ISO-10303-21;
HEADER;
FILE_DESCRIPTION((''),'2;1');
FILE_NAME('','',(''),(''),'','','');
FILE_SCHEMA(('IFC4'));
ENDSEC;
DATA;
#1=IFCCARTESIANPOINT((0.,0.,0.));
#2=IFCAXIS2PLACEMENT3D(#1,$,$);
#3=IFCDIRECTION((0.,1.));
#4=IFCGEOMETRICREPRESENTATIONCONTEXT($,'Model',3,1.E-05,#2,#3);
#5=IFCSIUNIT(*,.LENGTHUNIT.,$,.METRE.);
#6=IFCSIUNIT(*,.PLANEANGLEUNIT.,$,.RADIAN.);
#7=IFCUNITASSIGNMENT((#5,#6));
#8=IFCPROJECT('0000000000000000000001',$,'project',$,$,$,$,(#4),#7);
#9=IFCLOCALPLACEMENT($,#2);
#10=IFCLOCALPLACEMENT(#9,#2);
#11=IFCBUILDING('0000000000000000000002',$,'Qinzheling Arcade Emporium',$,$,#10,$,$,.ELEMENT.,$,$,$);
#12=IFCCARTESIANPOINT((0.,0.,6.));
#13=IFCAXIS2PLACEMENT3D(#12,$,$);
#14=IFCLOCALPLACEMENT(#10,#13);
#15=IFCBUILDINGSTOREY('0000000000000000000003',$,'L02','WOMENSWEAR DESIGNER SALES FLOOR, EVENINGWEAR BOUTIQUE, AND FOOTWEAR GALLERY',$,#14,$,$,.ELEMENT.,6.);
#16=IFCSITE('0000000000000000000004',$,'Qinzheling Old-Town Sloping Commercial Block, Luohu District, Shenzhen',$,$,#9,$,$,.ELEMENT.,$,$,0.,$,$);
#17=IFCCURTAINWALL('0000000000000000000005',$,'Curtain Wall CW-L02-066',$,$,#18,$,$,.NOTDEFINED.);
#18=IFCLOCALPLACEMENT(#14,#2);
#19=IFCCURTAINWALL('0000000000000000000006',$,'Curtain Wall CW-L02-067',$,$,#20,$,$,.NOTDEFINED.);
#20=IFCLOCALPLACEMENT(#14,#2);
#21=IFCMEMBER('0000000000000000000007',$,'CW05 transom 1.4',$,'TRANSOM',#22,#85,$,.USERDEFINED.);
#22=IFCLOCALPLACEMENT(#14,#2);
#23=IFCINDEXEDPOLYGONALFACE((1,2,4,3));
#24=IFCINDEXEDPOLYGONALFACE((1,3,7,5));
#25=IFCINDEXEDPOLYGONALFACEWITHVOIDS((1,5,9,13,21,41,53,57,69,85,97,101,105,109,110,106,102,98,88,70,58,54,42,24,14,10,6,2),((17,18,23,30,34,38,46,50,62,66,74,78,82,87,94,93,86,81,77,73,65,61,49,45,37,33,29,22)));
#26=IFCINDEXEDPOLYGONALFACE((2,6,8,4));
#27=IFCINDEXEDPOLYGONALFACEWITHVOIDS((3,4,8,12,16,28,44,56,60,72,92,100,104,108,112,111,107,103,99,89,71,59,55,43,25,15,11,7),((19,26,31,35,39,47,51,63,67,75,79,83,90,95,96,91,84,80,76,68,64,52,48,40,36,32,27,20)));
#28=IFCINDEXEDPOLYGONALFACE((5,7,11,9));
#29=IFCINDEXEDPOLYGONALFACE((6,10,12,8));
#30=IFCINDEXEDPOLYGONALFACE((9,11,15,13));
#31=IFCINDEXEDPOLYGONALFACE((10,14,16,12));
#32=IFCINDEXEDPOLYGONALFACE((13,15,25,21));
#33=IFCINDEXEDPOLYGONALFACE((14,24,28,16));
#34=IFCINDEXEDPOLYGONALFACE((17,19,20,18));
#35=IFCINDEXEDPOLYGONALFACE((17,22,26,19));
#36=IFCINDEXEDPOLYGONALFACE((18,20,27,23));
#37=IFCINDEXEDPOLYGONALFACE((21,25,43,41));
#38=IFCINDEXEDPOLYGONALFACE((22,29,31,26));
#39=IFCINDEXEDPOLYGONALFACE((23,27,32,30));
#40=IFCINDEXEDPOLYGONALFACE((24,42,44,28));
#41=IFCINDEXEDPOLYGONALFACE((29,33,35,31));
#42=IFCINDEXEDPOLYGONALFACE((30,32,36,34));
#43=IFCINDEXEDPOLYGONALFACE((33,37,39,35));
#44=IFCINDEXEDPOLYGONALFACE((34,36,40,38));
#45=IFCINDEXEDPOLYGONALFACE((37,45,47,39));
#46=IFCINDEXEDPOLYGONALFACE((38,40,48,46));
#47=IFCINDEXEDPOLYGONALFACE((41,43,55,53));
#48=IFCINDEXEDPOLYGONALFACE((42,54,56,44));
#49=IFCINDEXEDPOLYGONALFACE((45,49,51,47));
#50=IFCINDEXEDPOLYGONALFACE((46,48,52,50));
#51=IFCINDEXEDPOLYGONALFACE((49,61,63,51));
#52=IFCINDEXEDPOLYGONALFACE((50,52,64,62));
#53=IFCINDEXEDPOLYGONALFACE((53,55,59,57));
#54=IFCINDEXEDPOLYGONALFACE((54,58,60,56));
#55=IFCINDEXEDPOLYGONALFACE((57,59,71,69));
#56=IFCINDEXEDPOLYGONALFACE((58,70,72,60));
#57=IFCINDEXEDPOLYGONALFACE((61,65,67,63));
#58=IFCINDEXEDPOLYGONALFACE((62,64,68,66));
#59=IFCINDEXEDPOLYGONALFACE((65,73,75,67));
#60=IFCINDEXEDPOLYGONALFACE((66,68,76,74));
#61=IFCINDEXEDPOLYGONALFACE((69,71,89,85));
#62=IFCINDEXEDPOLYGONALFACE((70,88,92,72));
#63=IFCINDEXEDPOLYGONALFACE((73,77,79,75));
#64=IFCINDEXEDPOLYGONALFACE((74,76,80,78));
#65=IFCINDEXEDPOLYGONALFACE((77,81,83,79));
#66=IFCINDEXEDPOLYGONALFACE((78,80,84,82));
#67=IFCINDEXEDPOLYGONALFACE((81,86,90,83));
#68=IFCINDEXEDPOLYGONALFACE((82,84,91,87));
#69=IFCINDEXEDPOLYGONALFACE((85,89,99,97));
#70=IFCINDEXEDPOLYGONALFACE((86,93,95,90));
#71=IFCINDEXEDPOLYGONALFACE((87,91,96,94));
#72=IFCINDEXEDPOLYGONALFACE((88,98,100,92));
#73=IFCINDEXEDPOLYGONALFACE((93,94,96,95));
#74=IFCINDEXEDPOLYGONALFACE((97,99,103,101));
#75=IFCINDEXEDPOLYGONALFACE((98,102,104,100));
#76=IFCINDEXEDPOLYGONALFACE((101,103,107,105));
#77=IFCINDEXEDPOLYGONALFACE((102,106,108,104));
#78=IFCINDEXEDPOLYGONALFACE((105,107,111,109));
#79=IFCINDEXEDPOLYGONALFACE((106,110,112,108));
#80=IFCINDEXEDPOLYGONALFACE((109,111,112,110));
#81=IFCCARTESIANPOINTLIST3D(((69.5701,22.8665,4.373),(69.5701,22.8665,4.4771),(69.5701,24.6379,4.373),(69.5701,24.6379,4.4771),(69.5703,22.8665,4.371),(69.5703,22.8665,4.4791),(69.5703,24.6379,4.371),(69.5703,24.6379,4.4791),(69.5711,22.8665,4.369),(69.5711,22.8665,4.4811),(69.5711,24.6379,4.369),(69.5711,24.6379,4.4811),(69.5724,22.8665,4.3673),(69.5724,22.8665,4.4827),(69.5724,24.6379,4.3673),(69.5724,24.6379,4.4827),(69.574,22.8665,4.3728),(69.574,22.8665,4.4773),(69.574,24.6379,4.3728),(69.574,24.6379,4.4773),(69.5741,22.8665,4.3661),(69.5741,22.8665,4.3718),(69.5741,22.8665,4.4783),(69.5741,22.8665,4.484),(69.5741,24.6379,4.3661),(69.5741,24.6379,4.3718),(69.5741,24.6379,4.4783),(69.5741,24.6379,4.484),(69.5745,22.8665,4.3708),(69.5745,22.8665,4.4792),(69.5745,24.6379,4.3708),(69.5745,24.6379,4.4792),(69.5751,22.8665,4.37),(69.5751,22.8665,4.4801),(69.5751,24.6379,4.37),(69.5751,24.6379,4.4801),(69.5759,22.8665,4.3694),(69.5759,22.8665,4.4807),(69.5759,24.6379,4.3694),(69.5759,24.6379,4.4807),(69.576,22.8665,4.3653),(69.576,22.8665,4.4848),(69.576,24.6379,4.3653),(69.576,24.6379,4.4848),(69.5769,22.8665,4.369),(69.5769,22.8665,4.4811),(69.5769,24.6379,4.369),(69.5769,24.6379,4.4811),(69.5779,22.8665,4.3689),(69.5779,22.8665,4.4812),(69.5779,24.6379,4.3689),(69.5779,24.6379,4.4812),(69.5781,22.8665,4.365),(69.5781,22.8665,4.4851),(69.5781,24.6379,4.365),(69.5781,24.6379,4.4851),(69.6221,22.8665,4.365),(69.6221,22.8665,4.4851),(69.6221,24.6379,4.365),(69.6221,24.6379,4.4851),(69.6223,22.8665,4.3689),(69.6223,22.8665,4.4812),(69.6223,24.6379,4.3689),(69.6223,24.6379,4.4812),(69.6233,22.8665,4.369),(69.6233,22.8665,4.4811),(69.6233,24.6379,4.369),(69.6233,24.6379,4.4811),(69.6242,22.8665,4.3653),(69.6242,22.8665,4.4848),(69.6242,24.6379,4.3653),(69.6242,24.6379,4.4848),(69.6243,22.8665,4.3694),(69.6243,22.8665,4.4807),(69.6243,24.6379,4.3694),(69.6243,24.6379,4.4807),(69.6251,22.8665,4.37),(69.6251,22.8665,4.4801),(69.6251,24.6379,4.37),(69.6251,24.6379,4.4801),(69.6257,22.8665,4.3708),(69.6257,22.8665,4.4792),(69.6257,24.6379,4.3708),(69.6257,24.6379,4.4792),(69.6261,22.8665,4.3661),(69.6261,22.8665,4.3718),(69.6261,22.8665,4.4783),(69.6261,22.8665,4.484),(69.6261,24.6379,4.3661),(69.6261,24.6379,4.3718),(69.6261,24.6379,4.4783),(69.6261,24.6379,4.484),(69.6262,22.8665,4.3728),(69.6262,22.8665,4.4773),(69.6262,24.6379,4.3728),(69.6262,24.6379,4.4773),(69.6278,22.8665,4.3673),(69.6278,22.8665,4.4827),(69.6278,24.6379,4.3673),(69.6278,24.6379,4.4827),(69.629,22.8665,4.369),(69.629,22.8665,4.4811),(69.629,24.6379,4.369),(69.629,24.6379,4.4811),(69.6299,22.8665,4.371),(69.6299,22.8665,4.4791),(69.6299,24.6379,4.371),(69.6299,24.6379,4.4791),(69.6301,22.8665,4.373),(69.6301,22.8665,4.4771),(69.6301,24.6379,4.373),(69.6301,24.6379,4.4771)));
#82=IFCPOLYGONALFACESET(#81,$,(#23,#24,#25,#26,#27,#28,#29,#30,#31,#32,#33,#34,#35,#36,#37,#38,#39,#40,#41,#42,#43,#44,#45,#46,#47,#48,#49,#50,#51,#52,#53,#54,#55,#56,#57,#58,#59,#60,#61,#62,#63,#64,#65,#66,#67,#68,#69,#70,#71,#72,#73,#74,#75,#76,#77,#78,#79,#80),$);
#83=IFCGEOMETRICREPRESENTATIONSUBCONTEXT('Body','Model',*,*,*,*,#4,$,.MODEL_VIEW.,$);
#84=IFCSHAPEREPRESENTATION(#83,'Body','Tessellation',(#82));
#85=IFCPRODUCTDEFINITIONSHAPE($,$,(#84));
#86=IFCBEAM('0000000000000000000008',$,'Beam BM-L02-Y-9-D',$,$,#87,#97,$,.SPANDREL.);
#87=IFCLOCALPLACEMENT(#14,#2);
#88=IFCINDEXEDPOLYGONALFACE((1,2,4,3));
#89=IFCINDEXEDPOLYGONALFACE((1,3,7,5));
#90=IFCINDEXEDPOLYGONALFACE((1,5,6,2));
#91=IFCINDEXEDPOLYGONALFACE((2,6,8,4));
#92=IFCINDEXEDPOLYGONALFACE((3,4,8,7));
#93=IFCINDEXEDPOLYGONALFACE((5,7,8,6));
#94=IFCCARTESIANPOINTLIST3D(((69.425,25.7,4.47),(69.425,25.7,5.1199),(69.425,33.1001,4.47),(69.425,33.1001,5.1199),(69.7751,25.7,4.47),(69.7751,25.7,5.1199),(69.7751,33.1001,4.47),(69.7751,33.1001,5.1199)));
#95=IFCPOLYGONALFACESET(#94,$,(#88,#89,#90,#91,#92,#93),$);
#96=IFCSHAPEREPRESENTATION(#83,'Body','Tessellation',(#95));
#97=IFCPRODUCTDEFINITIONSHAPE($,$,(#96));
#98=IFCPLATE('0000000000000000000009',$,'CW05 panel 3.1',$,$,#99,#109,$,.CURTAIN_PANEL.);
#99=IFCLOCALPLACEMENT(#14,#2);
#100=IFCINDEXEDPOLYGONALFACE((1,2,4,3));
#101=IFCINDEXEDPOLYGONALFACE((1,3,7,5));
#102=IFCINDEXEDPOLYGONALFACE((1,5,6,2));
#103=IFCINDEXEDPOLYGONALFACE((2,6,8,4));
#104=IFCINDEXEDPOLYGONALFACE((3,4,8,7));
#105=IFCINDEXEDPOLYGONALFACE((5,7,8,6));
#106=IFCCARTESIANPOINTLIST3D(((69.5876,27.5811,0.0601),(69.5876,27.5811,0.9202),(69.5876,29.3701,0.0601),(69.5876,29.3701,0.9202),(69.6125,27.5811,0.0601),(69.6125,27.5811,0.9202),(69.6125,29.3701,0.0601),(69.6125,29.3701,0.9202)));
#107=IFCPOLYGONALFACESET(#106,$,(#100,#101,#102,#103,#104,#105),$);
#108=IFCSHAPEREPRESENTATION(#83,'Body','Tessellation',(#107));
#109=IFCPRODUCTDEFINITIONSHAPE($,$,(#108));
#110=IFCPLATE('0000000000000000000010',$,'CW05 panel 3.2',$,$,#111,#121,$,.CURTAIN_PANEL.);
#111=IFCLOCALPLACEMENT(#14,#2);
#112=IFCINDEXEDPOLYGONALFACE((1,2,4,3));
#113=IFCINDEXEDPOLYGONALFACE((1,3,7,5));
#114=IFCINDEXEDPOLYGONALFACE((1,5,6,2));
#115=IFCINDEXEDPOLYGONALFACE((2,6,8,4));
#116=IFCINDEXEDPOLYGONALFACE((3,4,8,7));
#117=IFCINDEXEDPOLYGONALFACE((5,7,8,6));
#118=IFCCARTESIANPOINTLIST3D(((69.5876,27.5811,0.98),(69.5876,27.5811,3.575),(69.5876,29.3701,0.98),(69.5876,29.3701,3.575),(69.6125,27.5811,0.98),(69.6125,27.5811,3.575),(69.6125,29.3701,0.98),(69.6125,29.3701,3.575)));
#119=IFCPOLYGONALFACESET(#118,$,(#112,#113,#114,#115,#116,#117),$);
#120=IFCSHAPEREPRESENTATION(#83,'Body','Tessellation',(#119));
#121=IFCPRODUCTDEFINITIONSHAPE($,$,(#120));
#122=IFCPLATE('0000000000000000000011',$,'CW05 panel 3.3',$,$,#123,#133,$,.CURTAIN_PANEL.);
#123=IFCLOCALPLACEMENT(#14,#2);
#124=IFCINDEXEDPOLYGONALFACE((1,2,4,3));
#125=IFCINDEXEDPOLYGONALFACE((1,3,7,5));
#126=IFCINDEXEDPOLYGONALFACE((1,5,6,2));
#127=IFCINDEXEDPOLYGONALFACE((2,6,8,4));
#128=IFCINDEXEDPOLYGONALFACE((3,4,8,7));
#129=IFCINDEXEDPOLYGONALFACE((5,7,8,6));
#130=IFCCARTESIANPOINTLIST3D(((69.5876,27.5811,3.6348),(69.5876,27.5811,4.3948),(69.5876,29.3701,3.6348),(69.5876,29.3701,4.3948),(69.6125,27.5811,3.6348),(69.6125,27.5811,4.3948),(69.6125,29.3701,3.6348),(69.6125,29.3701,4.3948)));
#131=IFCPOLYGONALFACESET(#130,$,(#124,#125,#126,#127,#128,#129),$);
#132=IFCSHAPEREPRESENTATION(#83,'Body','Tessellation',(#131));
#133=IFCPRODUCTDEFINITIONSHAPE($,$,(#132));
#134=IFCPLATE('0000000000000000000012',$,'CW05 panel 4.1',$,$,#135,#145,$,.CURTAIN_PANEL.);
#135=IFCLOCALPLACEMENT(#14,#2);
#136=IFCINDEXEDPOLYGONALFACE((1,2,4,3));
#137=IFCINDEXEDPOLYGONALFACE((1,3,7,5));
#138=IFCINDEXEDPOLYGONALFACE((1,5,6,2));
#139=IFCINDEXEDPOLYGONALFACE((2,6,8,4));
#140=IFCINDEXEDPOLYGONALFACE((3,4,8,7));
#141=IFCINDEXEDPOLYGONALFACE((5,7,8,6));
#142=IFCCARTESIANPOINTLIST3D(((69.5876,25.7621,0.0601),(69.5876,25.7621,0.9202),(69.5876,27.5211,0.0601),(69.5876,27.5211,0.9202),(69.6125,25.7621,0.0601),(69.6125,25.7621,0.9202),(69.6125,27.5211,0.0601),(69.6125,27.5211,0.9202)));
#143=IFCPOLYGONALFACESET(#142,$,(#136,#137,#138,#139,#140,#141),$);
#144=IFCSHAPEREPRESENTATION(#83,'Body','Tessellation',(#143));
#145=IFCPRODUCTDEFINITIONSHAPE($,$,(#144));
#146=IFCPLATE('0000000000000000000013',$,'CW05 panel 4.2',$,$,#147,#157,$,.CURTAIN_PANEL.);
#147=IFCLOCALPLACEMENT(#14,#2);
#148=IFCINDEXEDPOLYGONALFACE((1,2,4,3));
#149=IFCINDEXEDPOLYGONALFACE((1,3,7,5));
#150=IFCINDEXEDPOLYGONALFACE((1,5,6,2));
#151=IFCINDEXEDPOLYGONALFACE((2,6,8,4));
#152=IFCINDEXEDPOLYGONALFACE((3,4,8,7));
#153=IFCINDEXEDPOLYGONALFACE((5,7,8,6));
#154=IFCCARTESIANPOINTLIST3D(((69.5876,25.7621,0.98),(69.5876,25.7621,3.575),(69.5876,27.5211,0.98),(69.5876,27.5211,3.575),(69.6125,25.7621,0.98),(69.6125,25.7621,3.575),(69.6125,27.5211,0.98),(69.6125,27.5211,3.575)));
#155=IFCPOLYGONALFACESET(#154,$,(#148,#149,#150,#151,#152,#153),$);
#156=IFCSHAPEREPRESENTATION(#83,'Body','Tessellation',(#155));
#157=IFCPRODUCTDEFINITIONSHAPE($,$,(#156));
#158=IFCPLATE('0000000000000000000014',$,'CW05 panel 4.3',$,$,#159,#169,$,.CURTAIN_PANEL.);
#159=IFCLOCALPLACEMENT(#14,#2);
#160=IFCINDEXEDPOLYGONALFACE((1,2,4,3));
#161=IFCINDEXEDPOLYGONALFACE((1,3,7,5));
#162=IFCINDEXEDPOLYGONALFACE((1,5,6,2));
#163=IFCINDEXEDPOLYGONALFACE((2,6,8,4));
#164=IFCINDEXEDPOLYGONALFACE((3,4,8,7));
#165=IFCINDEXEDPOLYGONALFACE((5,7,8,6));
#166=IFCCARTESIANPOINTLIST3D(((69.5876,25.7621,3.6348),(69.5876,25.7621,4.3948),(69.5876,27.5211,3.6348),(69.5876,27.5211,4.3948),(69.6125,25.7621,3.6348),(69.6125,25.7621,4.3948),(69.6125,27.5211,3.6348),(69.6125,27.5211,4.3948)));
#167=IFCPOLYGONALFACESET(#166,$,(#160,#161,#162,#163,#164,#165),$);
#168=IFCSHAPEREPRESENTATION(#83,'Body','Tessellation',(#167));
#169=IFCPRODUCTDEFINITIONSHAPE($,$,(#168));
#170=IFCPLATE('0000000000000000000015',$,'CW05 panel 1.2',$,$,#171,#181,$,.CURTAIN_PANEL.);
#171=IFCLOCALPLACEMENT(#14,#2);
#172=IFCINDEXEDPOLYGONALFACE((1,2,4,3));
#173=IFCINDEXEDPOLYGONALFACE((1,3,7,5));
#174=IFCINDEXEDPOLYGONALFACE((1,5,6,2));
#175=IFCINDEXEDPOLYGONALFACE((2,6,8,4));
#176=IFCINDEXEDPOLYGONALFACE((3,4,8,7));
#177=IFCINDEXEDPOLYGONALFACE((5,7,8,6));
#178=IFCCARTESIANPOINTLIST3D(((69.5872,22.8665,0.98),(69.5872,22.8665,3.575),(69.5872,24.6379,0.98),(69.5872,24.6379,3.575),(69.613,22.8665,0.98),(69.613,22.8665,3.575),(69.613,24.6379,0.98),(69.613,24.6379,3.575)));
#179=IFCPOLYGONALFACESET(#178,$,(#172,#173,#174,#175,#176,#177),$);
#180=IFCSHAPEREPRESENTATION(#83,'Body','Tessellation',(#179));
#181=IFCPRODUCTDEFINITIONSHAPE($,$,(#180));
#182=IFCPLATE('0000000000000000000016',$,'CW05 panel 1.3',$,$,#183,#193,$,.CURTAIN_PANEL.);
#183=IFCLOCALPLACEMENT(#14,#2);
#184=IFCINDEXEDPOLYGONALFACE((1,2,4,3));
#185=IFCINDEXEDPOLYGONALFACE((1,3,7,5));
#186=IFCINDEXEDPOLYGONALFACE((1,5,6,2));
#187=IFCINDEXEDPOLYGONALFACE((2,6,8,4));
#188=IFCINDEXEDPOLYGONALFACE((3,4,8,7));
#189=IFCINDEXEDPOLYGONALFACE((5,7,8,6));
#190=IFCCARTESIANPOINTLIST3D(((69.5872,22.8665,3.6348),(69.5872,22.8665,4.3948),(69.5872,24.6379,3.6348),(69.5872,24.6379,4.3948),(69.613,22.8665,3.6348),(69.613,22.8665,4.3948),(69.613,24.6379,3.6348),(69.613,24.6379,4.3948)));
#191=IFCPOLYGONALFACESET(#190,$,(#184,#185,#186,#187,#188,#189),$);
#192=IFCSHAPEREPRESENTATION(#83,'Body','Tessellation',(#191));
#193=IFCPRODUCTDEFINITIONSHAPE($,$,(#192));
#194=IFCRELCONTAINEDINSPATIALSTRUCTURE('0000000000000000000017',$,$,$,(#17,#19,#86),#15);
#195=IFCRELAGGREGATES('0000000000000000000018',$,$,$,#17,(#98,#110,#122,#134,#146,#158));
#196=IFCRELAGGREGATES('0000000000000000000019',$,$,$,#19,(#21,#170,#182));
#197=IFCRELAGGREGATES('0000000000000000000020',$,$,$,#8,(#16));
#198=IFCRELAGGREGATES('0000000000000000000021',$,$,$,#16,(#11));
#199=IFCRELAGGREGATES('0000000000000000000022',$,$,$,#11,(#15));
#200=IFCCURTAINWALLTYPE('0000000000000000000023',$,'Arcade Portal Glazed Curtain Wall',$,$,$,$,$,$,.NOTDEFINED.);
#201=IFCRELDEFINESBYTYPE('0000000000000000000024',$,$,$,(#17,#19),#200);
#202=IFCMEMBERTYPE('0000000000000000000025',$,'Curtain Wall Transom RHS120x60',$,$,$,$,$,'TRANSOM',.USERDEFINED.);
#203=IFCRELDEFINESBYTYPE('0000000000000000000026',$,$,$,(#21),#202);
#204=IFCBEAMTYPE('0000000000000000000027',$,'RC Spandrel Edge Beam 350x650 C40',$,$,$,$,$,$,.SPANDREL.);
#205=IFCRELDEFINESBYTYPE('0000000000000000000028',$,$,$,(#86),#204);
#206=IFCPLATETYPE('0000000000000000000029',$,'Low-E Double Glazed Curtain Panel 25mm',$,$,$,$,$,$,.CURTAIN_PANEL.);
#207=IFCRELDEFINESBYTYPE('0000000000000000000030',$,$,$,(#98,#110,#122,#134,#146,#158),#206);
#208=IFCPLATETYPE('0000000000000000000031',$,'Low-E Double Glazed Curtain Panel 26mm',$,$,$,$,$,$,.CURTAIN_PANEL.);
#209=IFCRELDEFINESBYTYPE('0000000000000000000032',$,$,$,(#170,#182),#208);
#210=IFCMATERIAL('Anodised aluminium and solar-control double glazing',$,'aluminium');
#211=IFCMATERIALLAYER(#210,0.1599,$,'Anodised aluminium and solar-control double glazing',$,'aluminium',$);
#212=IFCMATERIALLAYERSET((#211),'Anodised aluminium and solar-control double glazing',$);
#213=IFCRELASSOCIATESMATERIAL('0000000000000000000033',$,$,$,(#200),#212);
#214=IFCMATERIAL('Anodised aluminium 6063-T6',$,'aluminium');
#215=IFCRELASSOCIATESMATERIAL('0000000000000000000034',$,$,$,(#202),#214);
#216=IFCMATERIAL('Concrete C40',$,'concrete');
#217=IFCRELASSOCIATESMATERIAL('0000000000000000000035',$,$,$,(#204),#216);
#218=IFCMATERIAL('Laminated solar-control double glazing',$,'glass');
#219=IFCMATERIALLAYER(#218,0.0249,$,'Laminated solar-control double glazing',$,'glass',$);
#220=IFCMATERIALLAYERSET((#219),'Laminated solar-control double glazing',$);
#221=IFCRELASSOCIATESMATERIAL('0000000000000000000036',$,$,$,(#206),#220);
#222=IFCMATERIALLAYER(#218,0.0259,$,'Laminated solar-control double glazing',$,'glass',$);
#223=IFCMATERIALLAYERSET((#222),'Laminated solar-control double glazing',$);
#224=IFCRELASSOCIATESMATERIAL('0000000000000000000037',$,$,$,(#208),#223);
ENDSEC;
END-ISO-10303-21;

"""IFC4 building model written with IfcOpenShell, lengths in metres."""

from ifc_helpers import new_model, si_unit, direction, frame, origin, origin_2d, place, context, subcontext, project, spatial, rectangle, hollow_rectangle, extrude, material, layer, layer_set, material_profile, profile_set, type_object, element, aggregate, save


model = new_model("IFC4")

# Units and contexts
model_context = context("Model", 3, precision=1e-05, world=origin(), true_north=direction((0.0, 1.0)))
body_context = subcontext(model_context, "Body", "Model", "MODEL_VIEW")
ifc_project = project(units=[si_unit("LENGTHUNIT", "METRE"), si_unit("PLANEANGLEUNIT", "RADIAN")], contexts=[model_context])

# Site, building, storey
site_placement = place(None, origin())
site = spatial("IfcSite", under=ifc_project, at=site_placement, Name="Qinzheling Old-Town Sloping Commercial Block, Luohu District, Shenzhen", CompositionType="ELEMENT", RefElevation=0.0)
building_placement = place(site_placement, origin())
building = spatial("IfcBuilding", under=site, at=building_placement, Name="Qinzheling Arcade Emporium", CompositionType="ELEMENT")
storey_placement = place(building_placement, frame((0.0, 0.0, 6.0)))
storey = spatial("IfcBuildingStorey", under=building, at=storey_placement, Name="L02", Description="WOMENSWEAR DESIGNER SALES FLOOR, EVENINGWEAR BOUTIQUE, AND FOOTWEAR GALLERY", CompositionType="ELEMENT", Elevation=6.0)

# Curtain wall
ifc_material_1 = material(Name="Anodised aluminium and solar-control double glazing", Category="aluminium")
ifc_layer_1 = layer(ifc_material_1, 0.1599, Name="Anodised aluminium and solar-control double glazing", Category="aluminium")
ifc_layer_set_1 = layer_set([ifc_layer_1], Name="Anodised aluminium and solar-control double glazing")
curtain_wall_type = type_object("IfcCurtainWallType", Name="Arcade Portal Glazed Curtain Wall", PredefinedType="NOTDEFINED", material=ifc_layer_set_1)
curtain_wall_1_placement = place(storey_placement, origin())
curtain_wall_1 = element("IfcCurtainWall", 1, at=curtain_wall_1_placement, inside=storey, type_object=curtain_wall_type, Name="Curtain Wall CW-L02-066", PredefinedType="NOTDEFINED")
ifc_material_2 = material(Name="Anodised aluminium 6063-T6", Category="aluminium")

# Curtain wall
curtain_wall_2_placement = place(storey_placement, origin())
curtain_wall_2 = element("IfcCurtainWall", 2, at=curtain_wall_2_placement, inside=storey, type_object=curtain_wall_type, Name="Curtain Wall CW-L02-067", PredefinedType="NOTDEFINED")

# Member
ifc_material_profile_1 = material_profile(ifc_material_2, hollow_rectangle(XDim=0.0601, YDim=0.1201, WallThickness=0.0039, InnerFilletRadius=0.0039, OuterFilletRadius=0.0081, at=origin_2d()), Name="RHS 120x60x4", Category="aluminium")
ifc_profile_set_1 = profile_set([ifc_material_profile_1], Name="Anodised aluminium 6063-T6")
member_type_1 = type_object("IfcMemberType", Name="Curtain Wall Transom RHS120x60", ElementType="TRANSOM", PredefinedType="USERDEFINED", material=ifc_profile_set_1)
member_1_placement = place(storey_placement, frame((69.6001, 24.6379, 4.425), z_axis=(0.0, -1.0, 0.0), x_axis=(1.0, 0.0, 0.0)))
member_1 = element("IfcMember", 3, at=member_1_placement, type_object=member_type_1, Name="CW05 transom 1.4", ObjectType="TRANSOM", PredefinedType="USERDEFINED", context=body_context, shape_type="SweptSolid", body=[
    extrude(hollow_rectangle(XDim=0.0601, YDim=0.1201, WallThickness=0.0039, InnerFilletRadius=0.0039, OuterFilletRadius=0.0081, at=origin_2d()), origin(), (0.0, 0.0, 1.0), 1.7715),
])

# Beam
ifc_material_3 = material(Name="Concrete C40", Category="concrete")
ifc_material_profile_2 = material_profile(ifc_material_3, rectangle(XDim=0.3501, YDim=0.6499, at=origin_2d()), Name="RC 350x650", Category="concrete")
ifc_profile_set_2 = profile_set([ifc_material_profile_2], Name="Concrete C40")
beam_type = type_object("IfcBeamType", Name="RC Spandrel Edge Beam 350x650 C40", PredefinedType="SPANDREL", material=ifc_profile_set_2)
beam_placement = place(storey_placement, frame((69.6001, 25.7, 4.7949), z_axis=(0.0, 1.0, 0.0), x_axis=(-1.0, 0.0, 0.0)))
element("IfcBeam", 4, at=beam_placement, inside=storey, type_object=beam_type, Name="Beam BM-L02-Y-9-D", PredefinedType="SPANDREL", context=body_context, shape_type="SweptSolid", body=[
    extrude(rectangle(XDim=0.3501, YDim=0.6499, at=origin_2d()), origin(), (0.0, 0.0, 1.0), 7.4001),
])

# Plates
ifc_material_4 = material(Name="Laminated solar-control double glazing", Category="glass")
ifc_layer_2 = layer(ifc_material_4, 0.0249, Name="Laminated solar-control double glazing", Category="glass")
ifc_layer_set_2 = layer_set([ifc_layer_2], Name="Laminated solar-control double glazing")
plate_type_1 = type_object("IfcPlateType", Name="Low-E Double Glazed Curtain Panel 25mm", PredefinedType="CURTAIN_PANEL", material=ifc_layer_set_2)
plate_1_placement = place(storey_placement, frame((69.6001, 28.4756, 0.0601), z_axis=(0.0, 0.0, 1.0), x_axis=(0.0, -1.0, 0.0)))
plate_1 = element("IfcPlate", 5, at=plate_1_placement, type_object=plate_type_1, Name="CW05 panel 3.1", PredefinedType="CURTAIN_PANEL", context=body_context, shape_type="SweptSolid", body=[
    extrude(rectangle(XDim=1.7891, YDim=0.0249, at=origin_2d()), origin(), (0.0, 0.0, 1.0), 0.8601),
])
plate_2_placement = place(storey_placement, frame((69.6001, 28.4756, 0.98), z_axis=(0.0, 0.0, 1.0), x_axis=(0.0, -1.0, 0.0)))
plate_2 = element("IfcPlate", 6, at=plate_2_placement, type_object=plate_type_1, Name="CW05 panel 3.2", PredefinedType="CURTAIN_PANEL", context=body_context, shape_type="SweptSolid", body=[
    extrude(rectangle(XDim=1.7891, YDim=0.0249, at=origin_2d()), origin(), (0.0, 0.0, 1.0), 2.595),
])
plate_3_placement = place(storey_placement, frame((69.6001, 28.4756, 3.6348), z_axis=(0.0, 0.0, 1.0), x_axis=(0.0, -1.0, 0.0)))
plate_3 = element("IfcPlate", 7, at=plate_3_placement, type_object=plate_type_1, Name="CW05 panel 3.3", PredefinedType="CURTAIN_PANEL", context=body_context, shape_type="SweptSolid", body=[
    extrude(rectangle(XDim=1.7891, YDim=0.0249, at=origin_2d()), origin(), (0.0, 0.0, 1.0), 0.76),
])
plate_4_placement = place(storey_placement, frame((69.6001, 26.6416, 0.0601), z_axis=(0.0, 0.0, 1.0), x_axis=(0.0, -1.0, 0.0)))
plate_4 = element("IfcPlate", 8, at=plate_4_placement, type_object=plate_type_1, Name="CW05 panel 4.1", PredefinedType="CURTAIN_PANEL", context=body_context, shape_type="SweptSolid", body=[
    extrude(rectangle(XDim=1.759, YDim=0.0249, at=origin_2d()), origin(), (0.0, 0.0, 1.0), 0.8601),
])
plate_5_placement = place(storey_placement, frame((69.6001, 26.6416, 0.98), z_axis=(0.0, 0.0, 1.0), x_axis=(0.0, -1.0, 0.0)))
plate_5 = element("IfcPlate", 9, at=plate_5_placement, type_object=plate_type_1, Name="CW05 panel 4.2", PredefinedType="CURTAIN_PANEL", context=body_context, shape_type="SweptSolid", body=[
    extrude(rectangle(XDim=1.759, YDim=0.0249, at=origin_2d()), origin(), (0.0, 0.0, 1.0), 2.595),
])
plate_6_placement = place(storey_placement, frame((69.6001, 26.6416, 3.6348), z_axis=(0.0, 0.0, 1.0), x_axis=(0.0, -1.0, 0.0)))
plate_6 = element("IfcPlate", 10, at=plate_6_placement, type_object=plate_type_1, Name="CW05 panel 4.3", PredefinedType="CURTAIN_PANEL", context=body_context, shape_type="SweptSolid", body=[
    extrude(rectangle(XDim=1.759, YDim=0.0249, at=origin_2d()), origin(), (0.0, 0.0, 1.0), 0.76),
])
aggregate(curtain_wall_1, [plate_1, plate_2, plate_3, plate_4, plate_5, plate_6])
ifc_layer_3 = layer(ifc_material_4, 0.0259, Name="Laminated solar-control double glazing", Category="glass")
ifc_layer_set_3 = layer_set([ifc_layer_3], Name="Laminated solar-control double glazing")
plate_type_2 = type_object("IfcPlateType", Name="Low-E Double Glazed Curtain Panel 26mm", PredefinedType="CURTAIN_PANEL", material=ifc_layer_set_3)
plate_7_placement = place(storey_placement, frame((69.6001, 23.7522, 0.98), z_axis=(0.0, 0.0, 1.0), x_axis=(0.0, -1.0, 0.0)))
plate_7 = element("IfcPlate", 11, at=plate_7_placement, type_object=plate_type_2, Name="CW05 panel 1.2", PredefinedType="CURTAIN_PANEL", context=body_context, shape_type="SweptSolid", body=[
    extrude(rectangle(XDim=1.7715, YDim=0.0259, at=origin_2d()), origin(), (0.0, 0.0, 1.0), 2.595),
])
plate_8_placement = place(storey_placement, frame((69.6001, 23.7522, 3.6348), z_axis=(0.0, 0.0, 1.0), x_axis=(0.0, -1.0, 0.0)))
plate_8 = element("IfcPlate", 12, at=plate_8_placement, type_object=plate_type_2, Name="CW05 panel 1.3", PredefinedType="CURTAIN_PANEL", context=body_context, shape_type="SweptSolid", body=[
    extrude(rectangle(XDim=1.7715, YDim=0.0259, at=origin_2d()), origin(), (0.0, 0.0, 1.0), 0.76),
])
aggregate(curtain_wall_2, [member_1, plate_7, plate_8])

save(model, "model.ifc")
